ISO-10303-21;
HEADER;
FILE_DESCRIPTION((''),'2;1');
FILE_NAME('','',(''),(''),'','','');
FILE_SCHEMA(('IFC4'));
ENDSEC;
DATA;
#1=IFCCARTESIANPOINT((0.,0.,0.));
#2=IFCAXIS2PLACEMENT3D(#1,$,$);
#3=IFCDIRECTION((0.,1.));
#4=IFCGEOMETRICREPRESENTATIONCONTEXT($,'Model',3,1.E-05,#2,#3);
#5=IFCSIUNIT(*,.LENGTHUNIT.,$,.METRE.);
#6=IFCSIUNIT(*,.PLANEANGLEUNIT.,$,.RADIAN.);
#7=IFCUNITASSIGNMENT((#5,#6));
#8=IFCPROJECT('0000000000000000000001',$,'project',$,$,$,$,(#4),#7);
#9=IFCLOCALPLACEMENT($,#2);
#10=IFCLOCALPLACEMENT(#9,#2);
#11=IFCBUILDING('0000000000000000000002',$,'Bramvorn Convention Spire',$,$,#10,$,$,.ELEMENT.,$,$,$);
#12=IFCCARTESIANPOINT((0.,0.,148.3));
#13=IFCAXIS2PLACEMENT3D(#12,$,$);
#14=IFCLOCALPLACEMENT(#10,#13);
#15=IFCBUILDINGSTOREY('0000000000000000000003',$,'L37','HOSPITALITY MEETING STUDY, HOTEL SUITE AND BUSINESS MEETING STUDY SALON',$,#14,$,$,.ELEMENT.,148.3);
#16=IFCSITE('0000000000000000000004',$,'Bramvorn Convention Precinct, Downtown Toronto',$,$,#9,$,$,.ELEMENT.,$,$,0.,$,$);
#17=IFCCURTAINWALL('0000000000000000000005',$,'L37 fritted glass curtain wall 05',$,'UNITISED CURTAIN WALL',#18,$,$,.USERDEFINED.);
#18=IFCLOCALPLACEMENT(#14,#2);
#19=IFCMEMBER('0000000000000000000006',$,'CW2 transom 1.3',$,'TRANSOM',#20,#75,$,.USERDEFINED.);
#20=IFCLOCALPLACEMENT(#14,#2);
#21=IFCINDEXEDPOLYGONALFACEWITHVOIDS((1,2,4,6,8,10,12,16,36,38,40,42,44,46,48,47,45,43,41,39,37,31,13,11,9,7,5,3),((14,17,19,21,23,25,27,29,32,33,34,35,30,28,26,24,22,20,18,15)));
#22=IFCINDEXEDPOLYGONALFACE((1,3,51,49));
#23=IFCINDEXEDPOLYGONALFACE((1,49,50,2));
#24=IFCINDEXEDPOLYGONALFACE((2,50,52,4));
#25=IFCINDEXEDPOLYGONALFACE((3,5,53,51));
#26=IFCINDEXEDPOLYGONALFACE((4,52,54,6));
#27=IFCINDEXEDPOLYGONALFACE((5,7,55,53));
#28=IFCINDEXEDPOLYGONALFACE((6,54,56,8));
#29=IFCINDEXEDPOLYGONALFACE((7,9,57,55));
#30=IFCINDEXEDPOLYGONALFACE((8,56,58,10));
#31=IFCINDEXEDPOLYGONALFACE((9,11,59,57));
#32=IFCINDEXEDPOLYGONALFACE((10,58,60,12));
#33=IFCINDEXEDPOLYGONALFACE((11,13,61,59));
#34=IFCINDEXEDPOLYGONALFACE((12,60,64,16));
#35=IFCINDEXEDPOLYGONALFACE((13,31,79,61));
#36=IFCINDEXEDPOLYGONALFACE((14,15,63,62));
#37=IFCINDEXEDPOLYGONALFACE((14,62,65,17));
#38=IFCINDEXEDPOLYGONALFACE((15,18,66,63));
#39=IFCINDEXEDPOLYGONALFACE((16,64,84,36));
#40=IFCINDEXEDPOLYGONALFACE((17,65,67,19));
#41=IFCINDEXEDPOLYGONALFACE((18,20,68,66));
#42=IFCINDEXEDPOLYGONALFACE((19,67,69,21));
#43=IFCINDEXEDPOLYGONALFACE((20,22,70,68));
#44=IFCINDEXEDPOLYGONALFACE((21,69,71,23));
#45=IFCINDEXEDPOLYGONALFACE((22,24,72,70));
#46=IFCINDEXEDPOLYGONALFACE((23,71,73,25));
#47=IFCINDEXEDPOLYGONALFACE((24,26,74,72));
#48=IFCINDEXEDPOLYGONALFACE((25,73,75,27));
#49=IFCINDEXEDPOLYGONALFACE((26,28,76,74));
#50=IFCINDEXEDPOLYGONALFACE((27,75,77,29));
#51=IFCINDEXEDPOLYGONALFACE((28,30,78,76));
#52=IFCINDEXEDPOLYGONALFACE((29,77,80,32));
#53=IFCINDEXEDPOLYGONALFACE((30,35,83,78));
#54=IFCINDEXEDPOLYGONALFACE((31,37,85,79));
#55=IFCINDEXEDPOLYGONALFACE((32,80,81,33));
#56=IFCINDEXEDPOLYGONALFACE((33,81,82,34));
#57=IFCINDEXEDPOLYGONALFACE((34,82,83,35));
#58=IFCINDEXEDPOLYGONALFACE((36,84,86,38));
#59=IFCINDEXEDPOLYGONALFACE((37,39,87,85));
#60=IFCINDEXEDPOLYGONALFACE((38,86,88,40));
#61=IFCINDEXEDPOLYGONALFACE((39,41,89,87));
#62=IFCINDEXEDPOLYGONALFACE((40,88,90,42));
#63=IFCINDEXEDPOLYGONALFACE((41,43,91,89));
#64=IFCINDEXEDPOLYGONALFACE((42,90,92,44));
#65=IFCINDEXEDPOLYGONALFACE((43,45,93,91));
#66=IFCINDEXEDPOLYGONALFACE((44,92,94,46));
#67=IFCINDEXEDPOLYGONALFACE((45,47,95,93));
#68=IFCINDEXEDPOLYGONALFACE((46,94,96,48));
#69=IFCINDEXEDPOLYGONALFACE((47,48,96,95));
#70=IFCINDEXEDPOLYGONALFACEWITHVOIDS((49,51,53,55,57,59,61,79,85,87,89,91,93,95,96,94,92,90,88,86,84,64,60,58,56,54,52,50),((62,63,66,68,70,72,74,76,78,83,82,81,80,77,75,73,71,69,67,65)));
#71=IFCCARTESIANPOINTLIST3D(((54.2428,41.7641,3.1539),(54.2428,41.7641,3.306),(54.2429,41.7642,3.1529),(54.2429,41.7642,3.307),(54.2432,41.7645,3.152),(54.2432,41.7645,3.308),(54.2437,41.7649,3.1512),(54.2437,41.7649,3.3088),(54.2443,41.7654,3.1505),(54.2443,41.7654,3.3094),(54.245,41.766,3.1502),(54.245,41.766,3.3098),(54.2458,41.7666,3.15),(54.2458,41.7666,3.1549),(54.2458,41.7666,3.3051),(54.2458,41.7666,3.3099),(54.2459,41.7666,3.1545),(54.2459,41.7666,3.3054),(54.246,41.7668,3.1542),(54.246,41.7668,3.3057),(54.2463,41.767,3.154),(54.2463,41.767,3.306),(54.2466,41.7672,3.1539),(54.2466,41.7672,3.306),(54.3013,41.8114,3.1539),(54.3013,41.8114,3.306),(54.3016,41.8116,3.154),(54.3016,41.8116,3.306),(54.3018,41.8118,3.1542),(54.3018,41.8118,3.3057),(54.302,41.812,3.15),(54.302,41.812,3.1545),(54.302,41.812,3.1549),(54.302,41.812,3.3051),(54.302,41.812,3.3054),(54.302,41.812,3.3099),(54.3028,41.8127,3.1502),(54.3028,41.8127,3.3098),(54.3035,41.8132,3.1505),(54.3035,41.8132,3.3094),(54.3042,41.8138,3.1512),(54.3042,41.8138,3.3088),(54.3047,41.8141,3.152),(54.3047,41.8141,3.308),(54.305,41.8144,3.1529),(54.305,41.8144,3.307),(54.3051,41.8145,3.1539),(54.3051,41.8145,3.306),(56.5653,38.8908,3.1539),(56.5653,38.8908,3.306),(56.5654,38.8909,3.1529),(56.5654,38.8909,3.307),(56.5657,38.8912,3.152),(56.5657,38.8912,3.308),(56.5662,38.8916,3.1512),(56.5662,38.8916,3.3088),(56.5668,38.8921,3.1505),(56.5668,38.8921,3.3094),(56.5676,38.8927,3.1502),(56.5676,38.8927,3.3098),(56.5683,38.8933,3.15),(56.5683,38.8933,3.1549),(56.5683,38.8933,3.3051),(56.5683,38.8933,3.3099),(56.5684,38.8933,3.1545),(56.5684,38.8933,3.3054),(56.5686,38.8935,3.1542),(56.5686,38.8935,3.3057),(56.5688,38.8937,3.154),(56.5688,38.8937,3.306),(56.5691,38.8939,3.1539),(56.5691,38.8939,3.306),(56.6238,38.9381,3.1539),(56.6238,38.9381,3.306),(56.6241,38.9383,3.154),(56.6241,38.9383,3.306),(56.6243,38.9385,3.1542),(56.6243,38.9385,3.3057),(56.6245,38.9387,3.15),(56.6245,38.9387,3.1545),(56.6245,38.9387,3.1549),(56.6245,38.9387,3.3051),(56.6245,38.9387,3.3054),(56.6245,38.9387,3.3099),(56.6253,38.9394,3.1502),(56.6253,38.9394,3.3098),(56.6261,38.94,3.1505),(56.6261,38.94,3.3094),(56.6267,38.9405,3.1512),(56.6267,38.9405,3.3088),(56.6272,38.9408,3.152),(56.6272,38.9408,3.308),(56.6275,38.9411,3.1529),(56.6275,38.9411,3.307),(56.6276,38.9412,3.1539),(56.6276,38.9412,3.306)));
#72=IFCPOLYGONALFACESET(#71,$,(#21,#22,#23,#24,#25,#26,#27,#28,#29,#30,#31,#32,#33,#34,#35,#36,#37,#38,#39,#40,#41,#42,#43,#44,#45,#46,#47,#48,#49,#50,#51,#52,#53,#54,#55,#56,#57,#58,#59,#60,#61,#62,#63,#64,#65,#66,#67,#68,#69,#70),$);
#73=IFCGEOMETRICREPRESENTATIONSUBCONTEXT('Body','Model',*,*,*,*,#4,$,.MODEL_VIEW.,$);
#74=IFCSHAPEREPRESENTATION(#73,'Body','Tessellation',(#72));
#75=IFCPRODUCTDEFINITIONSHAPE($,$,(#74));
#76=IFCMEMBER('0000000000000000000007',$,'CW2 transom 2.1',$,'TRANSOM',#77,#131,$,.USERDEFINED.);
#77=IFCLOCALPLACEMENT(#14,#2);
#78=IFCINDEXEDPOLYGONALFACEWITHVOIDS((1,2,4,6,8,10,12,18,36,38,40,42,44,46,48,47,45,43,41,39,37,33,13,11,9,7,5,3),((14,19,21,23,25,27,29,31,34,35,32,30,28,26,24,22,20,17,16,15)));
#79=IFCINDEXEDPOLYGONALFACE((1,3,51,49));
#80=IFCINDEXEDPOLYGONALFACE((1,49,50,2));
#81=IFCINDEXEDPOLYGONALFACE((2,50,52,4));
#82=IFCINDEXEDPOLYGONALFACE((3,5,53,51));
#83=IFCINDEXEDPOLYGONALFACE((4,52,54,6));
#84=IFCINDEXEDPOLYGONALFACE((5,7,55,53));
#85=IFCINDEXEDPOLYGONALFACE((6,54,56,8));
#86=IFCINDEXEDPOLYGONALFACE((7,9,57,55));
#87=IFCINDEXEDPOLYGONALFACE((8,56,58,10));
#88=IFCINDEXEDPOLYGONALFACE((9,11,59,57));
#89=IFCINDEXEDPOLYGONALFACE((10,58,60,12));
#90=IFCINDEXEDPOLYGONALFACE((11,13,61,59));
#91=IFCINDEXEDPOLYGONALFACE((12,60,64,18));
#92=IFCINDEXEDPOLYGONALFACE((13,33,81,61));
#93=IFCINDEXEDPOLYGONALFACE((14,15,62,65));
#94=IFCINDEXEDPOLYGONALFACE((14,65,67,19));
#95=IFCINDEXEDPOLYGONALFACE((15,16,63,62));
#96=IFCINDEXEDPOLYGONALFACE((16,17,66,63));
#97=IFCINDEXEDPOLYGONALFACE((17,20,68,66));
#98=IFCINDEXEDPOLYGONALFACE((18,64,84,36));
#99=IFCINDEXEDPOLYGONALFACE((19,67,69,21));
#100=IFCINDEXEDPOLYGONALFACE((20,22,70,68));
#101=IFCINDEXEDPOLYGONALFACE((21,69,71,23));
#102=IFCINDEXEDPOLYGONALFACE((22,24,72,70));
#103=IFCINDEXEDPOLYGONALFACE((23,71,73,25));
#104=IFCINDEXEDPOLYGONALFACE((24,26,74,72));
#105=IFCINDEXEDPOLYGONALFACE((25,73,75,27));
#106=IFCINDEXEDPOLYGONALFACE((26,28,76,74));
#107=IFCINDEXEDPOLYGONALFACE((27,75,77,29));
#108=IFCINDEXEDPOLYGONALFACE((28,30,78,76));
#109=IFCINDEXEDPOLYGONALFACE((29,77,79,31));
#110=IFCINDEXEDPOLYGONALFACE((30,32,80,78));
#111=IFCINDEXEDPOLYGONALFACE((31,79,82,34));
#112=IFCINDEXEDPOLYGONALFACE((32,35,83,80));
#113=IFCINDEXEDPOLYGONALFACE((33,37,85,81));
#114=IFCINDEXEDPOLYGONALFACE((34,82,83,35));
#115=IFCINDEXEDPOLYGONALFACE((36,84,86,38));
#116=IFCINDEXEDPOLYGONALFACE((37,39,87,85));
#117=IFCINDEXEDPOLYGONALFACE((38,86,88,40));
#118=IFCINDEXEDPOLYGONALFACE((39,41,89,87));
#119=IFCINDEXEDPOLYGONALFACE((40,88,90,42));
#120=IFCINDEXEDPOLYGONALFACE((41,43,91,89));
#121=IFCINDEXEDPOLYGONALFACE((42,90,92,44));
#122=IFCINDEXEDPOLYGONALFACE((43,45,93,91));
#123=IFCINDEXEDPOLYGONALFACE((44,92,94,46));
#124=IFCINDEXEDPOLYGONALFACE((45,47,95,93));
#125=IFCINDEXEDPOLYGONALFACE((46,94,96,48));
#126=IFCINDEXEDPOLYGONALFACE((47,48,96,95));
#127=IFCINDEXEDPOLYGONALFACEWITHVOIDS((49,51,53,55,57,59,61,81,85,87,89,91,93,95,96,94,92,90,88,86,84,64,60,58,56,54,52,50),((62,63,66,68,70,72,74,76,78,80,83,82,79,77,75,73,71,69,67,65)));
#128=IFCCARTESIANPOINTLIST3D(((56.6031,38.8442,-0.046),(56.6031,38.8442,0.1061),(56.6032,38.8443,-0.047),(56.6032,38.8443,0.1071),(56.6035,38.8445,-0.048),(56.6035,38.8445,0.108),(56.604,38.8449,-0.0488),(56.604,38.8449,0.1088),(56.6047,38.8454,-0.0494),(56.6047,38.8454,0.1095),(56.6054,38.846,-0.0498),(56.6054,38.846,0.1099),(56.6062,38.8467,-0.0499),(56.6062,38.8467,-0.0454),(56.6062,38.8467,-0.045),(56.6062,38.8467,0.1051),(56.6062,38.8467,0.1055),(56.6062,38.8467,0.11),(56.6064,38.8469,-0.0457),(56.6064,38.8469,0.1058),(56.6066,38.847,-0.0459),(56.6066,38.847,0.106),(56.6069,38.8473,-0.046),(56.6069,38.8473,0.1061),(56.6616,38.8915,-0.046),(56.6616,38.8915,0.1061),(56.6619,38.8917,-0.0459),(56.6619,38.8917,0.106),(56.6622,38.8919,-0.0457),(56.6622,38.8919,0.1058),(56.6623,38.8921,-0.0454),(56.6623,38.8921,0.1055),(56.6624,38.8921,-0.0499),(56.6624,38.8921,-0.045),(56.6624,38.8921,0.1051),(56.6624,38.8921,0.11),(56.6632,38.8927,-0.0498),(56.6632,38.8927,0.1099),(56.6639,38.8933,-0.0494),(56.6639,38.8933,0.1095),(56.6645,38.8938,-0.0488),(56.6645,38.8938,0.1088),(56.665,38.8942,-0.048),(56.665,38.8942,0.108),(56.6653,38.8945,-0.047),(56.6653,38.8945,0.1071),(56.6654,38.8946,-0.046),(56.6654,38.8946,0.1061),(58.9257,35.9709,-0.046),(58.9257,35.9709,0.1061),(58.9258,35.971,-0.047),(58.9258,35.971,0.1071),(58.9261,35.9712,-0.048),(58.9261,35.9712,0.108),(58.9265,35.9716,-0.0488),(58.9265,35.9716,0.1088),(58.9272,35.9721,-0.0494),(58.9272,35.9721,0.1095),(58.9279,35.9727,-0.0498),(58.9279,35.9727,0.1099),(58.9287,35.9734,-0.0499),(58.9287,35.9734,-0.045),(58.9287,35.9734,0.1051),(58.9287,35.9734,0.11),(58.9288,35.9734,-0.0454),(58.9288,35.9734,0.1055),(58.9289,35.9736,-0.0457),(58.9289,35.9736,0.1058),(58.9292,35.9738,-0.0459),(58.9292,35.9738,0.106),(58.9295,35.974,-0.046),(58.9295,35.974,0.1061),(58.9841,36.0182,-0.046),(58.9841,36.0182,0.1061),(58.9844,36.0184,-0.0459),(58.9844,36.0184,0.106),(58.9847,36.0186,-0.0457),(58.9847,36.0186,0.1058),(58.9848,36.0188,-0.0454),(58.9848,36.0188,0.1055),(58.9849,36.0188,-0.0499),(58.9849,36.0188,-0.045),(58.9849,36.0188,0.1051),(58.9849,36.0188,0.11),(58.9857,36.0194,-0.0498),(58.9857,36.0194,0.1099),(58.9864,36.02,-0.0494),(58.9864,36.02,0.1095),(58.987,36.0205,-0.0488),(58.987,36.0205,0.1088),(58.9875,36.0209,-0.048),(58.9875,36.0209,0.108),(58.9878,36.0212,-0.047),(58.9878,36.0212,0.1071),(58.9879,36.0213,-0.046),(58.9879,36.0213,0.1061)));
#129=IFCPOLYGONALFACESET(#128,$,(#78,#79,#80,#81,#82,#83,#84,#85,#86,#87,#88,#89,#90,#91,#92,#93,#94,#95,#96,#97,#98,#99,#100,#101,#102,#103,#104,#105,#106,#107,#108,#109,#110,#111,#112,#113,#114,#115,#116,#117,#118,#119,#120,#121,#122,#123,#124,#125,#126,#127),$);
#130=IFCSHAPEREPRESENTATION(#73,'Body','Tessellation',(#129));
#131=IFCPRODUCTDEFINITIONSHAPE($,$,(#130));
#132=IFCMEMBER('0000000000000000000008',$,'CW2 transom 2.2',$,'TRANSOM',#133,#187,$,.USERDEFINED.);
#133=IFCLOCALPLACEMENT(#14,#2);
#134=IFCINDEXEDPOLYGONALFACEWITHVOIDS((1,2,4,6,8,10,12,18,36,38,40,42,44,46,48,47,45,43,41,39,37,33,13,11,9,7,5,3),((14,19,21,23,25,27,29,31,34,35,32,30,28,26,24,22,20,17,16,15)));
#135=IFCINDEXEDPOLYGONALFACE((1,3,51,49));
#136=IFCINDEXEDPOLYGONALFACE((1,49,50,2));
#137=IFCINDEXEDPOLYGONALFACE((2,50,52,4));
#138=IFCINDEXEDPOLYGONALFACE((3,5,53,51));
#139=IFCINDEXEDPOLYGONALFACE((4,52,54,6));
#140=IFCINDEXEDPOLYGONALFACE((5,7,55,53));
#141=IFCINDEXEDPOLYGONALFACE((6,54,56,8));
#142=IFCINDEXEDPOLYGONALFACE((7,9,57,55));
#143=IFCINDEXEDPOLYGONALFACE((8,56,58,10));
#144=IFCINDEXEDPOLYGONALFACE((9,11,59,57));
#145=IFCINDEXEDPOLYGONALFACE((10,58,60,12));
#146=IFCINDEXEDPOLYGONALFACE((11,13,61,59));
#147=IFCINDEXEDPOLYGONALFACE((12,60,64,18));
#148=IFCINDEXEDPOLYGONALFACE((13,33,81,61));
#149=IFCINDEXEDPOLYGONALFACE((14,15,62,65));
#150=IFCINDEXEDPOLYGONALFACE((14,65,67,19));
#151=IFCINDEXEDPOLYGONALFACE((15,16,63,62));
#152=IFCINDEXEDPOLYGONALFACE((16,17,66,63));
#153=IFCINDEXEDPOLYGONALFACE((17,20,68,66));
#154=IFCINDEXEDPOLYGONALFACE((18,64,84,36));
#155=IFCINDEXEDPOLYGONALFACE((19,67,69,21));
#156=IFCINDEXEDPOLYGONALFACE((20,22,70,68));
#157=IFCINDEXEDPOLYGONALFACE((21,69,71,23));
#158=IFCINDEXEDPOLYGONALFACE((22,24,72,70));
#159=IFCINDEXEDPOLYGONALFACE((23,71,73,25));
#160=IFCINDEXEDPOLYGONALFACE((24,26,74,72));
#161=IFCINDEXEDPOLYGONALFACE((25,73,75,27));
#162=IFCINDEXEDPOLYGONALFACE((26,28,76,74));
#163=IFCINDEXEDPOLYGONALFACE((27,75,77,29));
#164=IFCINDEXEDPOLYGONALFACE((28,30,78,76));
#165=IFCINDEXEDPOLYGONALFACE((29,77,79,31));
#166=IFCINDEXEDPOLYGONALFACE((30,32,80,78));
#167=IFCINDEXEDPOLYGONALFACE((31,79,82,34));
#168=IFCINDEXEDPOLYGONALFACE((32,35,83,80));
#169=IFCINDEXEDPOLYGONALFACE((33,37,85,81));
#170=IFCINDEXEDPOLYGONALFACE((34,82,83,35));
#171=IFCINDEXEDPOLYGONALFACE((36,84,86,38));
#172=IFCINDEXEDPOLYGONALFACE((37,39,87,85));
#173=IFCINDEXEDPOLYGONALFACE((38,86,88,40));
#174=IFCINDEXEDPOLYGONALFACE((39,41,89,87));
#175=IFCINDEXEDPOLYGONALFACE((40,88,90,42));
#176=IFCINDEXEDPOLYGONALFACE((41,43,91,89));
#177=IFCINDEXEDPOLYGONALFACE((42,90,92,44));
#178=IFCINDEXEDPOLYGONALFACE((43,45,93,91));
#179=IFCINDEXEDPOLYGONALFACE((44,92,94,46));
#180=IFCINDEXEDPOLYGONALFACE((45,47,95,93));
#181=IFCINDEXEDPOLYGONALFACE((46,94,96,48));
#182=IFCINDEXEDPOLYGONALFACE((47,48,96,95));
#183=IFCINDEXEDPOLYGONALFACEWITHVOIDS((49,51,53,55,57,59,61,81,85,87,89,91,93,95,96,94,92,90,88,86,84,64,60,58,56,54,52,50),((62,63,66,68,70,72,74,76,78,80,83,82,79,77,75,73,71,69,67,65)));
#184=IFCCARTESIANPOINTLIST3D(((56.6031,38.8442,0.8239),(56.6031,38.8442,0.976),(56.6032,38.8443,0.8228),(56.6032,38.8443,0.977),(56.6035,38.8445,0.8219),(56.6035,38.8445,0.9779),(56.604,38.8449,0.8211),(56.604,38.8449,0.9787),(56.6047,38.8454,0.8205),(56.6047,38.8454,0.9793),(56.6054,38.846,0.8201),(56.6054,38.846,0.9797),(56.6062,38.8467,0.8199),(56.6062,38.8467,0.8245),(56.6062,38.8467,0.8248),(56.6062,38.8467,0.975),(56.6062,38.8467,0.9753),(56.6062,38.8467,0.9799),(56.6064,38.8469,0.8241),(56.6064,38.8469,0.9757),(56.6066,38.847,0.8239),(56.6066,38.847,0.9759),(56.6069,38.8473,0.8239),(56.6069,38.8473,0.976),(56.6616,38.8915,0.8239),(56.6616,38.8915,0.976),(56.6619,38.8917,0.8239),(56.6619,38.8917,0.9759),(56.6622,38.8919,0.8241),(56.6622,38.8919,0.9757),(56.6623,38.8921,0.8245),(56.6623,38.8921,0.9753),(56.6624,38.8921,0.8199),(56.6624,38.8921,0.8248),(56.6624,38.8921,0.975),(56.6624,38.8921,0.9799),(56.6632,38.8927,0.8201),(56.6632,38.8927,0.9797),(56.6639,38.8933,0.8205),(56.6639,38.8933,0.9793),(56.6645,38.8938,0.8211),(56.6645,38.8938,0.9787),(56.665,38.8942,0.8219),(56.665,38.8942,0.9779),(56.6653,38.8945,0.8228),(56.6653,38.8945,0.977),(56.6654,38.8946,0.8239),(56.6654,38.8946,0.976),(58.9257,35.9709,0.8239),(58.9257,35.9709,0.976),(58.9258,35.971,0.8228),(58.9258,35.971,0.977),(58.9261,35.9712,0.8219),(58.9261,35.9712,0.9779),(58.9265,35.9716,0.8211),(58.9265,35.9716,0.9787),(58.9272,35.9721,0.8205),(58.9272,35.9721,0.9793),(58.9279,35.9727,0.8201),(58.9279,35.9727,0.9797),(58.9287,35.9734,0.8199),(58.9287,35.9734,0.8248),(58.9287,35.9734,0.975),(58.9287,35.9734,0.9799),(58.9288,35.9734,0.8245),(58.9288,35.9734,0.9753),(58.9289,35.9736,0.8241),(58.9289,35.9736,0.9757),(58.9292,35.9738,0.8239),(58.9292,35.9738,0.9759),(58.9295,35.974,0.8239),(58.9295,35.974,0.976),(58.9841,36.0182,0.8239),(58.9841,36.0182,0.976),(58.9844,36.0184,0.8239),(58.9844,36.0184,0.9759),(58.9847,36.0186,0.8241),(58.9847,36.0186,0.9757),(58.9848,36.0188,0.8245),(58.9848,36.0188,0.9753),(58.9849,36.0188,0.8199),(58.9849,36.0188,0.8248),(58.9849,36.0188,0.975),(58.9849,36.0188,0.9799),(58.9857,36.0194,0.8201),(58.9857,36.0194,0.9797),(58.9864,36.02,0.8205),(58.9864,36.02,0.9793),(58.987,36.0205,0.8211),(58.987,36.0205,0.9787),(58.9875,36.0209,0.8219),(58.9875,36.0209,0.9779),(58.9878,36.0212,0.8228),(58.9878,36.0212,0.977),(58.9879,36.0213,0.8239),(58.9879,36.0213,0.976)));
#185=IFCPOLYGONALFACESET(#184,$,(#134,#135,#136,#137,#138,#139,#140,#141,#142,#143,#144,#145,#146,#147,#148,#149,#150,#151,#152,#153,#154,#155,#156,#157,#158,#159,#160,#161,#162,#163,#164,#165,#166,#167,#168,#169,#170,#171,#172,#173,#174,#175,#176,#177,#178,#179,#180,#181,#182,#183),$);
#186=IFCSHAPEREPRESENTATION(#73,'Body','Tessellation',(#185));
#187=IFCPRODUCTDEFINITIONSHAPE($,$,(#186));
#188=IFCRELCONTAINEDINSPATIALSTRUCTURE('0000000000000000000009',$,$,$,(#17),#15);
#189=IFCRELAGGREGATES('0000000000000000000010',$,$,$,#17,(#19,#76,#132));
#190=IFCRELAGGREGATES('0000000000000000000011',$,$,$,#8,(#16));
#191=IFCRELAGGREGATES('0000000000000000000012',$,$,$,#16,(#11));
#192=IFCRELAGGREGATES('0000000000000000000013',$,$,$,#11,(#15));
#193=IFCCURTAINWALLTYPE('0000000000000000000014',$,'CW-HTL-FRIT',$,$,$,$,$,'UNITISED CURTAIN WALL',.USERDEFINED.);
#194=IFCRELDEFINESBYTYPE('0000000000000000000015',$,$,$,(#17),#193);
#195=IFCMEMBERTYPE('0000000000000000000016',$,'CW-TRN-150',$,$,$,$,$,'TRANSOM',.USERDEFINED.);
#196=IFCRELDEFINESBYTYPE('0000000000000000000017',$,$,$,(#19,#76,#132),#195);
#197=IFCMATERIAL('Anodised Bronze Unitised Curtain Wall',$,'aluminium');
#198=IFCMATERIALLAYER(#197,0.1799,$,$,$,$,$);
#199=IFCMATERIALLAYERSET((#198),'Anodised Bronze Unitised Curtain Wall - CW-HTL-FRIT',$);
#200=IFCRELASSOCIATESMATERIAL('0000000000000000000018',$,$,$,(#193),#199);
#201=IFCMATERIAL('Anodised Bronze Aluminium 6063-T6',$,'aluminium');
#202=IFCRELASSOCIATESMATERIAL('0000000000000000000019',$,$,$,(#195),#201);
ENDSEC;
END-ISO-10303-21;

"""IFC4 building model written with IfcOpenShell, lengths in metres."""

from ifc_helpers import new_model, si_unit, direction, frame, origin, origin_2d, place, context, subcontext, project, spatial, hollow_rectangle, extrude, material, layer, layer_set, material_profile, profile_set, type_object, element, aggregate, save


model = new_model("IFC4")

# Units and contexts
model_context = context("Model", 3, precision=1e-05, world=origin(), true_north=direction((0.0, 1.0)))
body_context = subcontext(model_context, "Body", "Model", "MODEL_VIEW")
ifc_project = project(units=[si_unit("LENGTHUNIT", "METRE"), si_unit("PLANEANGLEUNIT", "RADIAN")], contexts=[model_context])

# Site, building, storey
site_placement = place(None, origin())
site = spatial("IfcSite", under=ifc_project, at=site_placement, Name="Bramvorn Convention Precinct, Downtown Toronto", CompositionType="ELEMENT", RefElevation=0.0)
building_placement = place(site_placement, origin())
building = spatial("IfcBuilding", under=site, at=building_placement, Name="Bramvorn Convention Spire", CompositionType="ELEMENT")
storey_placement = place(building_placement, frame((0.0, 0.0, 148.3)))
storey = spatial("IfcBuildingStorey", under=building, at=storey_placement, Name="L37", Description="HOSPITALITY MEETING STUDY, HOTEL SUITE AND BUSINESS MEETING STUDY SALON", CompositionType="ELEMENT", Elevation=148.3)

# Shared definitions
ifc_material_1 = material(Name="Anodised Bronze Unitised Curtain Wall", Category="aluminium")
ifc_layer_1 = layer(ifc_material_1, 0.1799)
ifc_layer_set_1 = layer_set([ifc_layer_1], Name="Anodised Bronze Unitised Curtain Wall - CW-HTL-FRIT")
curtain_wall_type = type_object("IfcCurtainWallType", Name="CW-HTL-FRIT", ElementType="UNITISED CURTAIN WALL", PredefinedType="USERDEFINED", material=ifc_layer_set_1)
ifc_material_2 = material(Name="Anodised Bronze Aluminium 6063-T6", Category="aluminium")

# Curtain wall
curtain_wall_1_placement = place(storey_placement, origin())
curtain_wall_1 = element("IfcCurtainWall", 1, at=curtain_wall_1_placement, inside=storey, type_object=curtain_wall_type, Name="L37 fritted glass curtain wall 05", ObjectType="UNITISED CURTAIN WALL", PredefinedType="USERDEFINED")

# Members
ifc_material_profile_1 = material_profile(ifc_material_2, hollow_rectangle(XDim=0.0801, YDim=0.1599, WallThickness=0.0039, InnerFilletRadius=0.001, OuterFilletRadius=0.0039, at=origin_2d()))
ifc_profile_set_1 = profile_set([ifc_material_profile_1], Name="Anodised Bronze Aluminium 6063-T6 - CWT80X160")
member_type_1 = type_object("IfcMemberType", Name="CW-TRN-150", ElementType="TRANSOM", PredefinedType="USERDEFINED", material=ifc_profile_set_1)
member_1_placement = place(storey_placement, frame((54.2739, 41.7893, 3.23), z_axis=(0.628628, -0.777706, 0.0), x_axis=(0.777706, 0.628628, 0.0)))
member_1 = element("IfcMember", 2, at=member_1_placement, type_object=member_type_1, Name="CW2 transom 1.3", ObjectType="TRANSOM", PredefinedType="USERDEFINED", context=body_context, shape_type="SweptSolid", body=[
    extrude(hollow_rectangle(XDim=0.0801, YDim=0.1599, WallThickness=0.0039, InnerFilletRadius=0.001, OuterFilletRadius=0.0039, at=origin_2d()), origin(), (0.0, 0.0, 1.0), 3.6946),
])
member_2_placement = place(storey_placement, frame((56.6343, 38.8694, 0.03), z_axis=(0.628628, -0.777706, 0.0), x_axis=(0.777706, 0.628628, 0.0)))
member_2 = element("IfcMember", 3, at=member_2_placement, type_object=member_type_1, Name="CW2 transom 2.1", ObjectType="TRANSOM", PredefinedType="USERDEFINED", context=body_context, shape_type="SweptSolid", body=[
    extrude(hollow_rectangle(XDim=0.0801, YDim=0.1599, WallThickness=0.0039, InnerFilletRadius=0.001, OuterFilletRadius=0.0039, at=origin_2d()), origin(), (0.0, 0.0, 1.0), 3.6946),
])
member_3_placement = place(storey_placement, frame((56.6343, 38.8694, 0.8999), z_axis=(0.628628, -0.777706, 0.0), x_axis=(0.777706, 0.628628, 0.0)))
member_3 = element("IfcMember", 4, at=member_3_placement, type_object=member_type_1, Name="CW2 transom 2.2", ObjectType="TRANSOM", PredefinedType="USERDEFINED", context=body_context, shape_type="SweptSolid", body=[
    extrude(hollow_rectangle(XDim=0.0801, YDim=0.1599, WallThickness=0.0039, InnerFilletRadius=0.001, OuterFilletRadius=0.0039, at=origin_2d()), origin(), (0.0, 0.0, 1.0), 3.6946),
])

aggregate(curtain_wall_1, [member_1, member_2, member_3])

save(model, "model.ifc")
